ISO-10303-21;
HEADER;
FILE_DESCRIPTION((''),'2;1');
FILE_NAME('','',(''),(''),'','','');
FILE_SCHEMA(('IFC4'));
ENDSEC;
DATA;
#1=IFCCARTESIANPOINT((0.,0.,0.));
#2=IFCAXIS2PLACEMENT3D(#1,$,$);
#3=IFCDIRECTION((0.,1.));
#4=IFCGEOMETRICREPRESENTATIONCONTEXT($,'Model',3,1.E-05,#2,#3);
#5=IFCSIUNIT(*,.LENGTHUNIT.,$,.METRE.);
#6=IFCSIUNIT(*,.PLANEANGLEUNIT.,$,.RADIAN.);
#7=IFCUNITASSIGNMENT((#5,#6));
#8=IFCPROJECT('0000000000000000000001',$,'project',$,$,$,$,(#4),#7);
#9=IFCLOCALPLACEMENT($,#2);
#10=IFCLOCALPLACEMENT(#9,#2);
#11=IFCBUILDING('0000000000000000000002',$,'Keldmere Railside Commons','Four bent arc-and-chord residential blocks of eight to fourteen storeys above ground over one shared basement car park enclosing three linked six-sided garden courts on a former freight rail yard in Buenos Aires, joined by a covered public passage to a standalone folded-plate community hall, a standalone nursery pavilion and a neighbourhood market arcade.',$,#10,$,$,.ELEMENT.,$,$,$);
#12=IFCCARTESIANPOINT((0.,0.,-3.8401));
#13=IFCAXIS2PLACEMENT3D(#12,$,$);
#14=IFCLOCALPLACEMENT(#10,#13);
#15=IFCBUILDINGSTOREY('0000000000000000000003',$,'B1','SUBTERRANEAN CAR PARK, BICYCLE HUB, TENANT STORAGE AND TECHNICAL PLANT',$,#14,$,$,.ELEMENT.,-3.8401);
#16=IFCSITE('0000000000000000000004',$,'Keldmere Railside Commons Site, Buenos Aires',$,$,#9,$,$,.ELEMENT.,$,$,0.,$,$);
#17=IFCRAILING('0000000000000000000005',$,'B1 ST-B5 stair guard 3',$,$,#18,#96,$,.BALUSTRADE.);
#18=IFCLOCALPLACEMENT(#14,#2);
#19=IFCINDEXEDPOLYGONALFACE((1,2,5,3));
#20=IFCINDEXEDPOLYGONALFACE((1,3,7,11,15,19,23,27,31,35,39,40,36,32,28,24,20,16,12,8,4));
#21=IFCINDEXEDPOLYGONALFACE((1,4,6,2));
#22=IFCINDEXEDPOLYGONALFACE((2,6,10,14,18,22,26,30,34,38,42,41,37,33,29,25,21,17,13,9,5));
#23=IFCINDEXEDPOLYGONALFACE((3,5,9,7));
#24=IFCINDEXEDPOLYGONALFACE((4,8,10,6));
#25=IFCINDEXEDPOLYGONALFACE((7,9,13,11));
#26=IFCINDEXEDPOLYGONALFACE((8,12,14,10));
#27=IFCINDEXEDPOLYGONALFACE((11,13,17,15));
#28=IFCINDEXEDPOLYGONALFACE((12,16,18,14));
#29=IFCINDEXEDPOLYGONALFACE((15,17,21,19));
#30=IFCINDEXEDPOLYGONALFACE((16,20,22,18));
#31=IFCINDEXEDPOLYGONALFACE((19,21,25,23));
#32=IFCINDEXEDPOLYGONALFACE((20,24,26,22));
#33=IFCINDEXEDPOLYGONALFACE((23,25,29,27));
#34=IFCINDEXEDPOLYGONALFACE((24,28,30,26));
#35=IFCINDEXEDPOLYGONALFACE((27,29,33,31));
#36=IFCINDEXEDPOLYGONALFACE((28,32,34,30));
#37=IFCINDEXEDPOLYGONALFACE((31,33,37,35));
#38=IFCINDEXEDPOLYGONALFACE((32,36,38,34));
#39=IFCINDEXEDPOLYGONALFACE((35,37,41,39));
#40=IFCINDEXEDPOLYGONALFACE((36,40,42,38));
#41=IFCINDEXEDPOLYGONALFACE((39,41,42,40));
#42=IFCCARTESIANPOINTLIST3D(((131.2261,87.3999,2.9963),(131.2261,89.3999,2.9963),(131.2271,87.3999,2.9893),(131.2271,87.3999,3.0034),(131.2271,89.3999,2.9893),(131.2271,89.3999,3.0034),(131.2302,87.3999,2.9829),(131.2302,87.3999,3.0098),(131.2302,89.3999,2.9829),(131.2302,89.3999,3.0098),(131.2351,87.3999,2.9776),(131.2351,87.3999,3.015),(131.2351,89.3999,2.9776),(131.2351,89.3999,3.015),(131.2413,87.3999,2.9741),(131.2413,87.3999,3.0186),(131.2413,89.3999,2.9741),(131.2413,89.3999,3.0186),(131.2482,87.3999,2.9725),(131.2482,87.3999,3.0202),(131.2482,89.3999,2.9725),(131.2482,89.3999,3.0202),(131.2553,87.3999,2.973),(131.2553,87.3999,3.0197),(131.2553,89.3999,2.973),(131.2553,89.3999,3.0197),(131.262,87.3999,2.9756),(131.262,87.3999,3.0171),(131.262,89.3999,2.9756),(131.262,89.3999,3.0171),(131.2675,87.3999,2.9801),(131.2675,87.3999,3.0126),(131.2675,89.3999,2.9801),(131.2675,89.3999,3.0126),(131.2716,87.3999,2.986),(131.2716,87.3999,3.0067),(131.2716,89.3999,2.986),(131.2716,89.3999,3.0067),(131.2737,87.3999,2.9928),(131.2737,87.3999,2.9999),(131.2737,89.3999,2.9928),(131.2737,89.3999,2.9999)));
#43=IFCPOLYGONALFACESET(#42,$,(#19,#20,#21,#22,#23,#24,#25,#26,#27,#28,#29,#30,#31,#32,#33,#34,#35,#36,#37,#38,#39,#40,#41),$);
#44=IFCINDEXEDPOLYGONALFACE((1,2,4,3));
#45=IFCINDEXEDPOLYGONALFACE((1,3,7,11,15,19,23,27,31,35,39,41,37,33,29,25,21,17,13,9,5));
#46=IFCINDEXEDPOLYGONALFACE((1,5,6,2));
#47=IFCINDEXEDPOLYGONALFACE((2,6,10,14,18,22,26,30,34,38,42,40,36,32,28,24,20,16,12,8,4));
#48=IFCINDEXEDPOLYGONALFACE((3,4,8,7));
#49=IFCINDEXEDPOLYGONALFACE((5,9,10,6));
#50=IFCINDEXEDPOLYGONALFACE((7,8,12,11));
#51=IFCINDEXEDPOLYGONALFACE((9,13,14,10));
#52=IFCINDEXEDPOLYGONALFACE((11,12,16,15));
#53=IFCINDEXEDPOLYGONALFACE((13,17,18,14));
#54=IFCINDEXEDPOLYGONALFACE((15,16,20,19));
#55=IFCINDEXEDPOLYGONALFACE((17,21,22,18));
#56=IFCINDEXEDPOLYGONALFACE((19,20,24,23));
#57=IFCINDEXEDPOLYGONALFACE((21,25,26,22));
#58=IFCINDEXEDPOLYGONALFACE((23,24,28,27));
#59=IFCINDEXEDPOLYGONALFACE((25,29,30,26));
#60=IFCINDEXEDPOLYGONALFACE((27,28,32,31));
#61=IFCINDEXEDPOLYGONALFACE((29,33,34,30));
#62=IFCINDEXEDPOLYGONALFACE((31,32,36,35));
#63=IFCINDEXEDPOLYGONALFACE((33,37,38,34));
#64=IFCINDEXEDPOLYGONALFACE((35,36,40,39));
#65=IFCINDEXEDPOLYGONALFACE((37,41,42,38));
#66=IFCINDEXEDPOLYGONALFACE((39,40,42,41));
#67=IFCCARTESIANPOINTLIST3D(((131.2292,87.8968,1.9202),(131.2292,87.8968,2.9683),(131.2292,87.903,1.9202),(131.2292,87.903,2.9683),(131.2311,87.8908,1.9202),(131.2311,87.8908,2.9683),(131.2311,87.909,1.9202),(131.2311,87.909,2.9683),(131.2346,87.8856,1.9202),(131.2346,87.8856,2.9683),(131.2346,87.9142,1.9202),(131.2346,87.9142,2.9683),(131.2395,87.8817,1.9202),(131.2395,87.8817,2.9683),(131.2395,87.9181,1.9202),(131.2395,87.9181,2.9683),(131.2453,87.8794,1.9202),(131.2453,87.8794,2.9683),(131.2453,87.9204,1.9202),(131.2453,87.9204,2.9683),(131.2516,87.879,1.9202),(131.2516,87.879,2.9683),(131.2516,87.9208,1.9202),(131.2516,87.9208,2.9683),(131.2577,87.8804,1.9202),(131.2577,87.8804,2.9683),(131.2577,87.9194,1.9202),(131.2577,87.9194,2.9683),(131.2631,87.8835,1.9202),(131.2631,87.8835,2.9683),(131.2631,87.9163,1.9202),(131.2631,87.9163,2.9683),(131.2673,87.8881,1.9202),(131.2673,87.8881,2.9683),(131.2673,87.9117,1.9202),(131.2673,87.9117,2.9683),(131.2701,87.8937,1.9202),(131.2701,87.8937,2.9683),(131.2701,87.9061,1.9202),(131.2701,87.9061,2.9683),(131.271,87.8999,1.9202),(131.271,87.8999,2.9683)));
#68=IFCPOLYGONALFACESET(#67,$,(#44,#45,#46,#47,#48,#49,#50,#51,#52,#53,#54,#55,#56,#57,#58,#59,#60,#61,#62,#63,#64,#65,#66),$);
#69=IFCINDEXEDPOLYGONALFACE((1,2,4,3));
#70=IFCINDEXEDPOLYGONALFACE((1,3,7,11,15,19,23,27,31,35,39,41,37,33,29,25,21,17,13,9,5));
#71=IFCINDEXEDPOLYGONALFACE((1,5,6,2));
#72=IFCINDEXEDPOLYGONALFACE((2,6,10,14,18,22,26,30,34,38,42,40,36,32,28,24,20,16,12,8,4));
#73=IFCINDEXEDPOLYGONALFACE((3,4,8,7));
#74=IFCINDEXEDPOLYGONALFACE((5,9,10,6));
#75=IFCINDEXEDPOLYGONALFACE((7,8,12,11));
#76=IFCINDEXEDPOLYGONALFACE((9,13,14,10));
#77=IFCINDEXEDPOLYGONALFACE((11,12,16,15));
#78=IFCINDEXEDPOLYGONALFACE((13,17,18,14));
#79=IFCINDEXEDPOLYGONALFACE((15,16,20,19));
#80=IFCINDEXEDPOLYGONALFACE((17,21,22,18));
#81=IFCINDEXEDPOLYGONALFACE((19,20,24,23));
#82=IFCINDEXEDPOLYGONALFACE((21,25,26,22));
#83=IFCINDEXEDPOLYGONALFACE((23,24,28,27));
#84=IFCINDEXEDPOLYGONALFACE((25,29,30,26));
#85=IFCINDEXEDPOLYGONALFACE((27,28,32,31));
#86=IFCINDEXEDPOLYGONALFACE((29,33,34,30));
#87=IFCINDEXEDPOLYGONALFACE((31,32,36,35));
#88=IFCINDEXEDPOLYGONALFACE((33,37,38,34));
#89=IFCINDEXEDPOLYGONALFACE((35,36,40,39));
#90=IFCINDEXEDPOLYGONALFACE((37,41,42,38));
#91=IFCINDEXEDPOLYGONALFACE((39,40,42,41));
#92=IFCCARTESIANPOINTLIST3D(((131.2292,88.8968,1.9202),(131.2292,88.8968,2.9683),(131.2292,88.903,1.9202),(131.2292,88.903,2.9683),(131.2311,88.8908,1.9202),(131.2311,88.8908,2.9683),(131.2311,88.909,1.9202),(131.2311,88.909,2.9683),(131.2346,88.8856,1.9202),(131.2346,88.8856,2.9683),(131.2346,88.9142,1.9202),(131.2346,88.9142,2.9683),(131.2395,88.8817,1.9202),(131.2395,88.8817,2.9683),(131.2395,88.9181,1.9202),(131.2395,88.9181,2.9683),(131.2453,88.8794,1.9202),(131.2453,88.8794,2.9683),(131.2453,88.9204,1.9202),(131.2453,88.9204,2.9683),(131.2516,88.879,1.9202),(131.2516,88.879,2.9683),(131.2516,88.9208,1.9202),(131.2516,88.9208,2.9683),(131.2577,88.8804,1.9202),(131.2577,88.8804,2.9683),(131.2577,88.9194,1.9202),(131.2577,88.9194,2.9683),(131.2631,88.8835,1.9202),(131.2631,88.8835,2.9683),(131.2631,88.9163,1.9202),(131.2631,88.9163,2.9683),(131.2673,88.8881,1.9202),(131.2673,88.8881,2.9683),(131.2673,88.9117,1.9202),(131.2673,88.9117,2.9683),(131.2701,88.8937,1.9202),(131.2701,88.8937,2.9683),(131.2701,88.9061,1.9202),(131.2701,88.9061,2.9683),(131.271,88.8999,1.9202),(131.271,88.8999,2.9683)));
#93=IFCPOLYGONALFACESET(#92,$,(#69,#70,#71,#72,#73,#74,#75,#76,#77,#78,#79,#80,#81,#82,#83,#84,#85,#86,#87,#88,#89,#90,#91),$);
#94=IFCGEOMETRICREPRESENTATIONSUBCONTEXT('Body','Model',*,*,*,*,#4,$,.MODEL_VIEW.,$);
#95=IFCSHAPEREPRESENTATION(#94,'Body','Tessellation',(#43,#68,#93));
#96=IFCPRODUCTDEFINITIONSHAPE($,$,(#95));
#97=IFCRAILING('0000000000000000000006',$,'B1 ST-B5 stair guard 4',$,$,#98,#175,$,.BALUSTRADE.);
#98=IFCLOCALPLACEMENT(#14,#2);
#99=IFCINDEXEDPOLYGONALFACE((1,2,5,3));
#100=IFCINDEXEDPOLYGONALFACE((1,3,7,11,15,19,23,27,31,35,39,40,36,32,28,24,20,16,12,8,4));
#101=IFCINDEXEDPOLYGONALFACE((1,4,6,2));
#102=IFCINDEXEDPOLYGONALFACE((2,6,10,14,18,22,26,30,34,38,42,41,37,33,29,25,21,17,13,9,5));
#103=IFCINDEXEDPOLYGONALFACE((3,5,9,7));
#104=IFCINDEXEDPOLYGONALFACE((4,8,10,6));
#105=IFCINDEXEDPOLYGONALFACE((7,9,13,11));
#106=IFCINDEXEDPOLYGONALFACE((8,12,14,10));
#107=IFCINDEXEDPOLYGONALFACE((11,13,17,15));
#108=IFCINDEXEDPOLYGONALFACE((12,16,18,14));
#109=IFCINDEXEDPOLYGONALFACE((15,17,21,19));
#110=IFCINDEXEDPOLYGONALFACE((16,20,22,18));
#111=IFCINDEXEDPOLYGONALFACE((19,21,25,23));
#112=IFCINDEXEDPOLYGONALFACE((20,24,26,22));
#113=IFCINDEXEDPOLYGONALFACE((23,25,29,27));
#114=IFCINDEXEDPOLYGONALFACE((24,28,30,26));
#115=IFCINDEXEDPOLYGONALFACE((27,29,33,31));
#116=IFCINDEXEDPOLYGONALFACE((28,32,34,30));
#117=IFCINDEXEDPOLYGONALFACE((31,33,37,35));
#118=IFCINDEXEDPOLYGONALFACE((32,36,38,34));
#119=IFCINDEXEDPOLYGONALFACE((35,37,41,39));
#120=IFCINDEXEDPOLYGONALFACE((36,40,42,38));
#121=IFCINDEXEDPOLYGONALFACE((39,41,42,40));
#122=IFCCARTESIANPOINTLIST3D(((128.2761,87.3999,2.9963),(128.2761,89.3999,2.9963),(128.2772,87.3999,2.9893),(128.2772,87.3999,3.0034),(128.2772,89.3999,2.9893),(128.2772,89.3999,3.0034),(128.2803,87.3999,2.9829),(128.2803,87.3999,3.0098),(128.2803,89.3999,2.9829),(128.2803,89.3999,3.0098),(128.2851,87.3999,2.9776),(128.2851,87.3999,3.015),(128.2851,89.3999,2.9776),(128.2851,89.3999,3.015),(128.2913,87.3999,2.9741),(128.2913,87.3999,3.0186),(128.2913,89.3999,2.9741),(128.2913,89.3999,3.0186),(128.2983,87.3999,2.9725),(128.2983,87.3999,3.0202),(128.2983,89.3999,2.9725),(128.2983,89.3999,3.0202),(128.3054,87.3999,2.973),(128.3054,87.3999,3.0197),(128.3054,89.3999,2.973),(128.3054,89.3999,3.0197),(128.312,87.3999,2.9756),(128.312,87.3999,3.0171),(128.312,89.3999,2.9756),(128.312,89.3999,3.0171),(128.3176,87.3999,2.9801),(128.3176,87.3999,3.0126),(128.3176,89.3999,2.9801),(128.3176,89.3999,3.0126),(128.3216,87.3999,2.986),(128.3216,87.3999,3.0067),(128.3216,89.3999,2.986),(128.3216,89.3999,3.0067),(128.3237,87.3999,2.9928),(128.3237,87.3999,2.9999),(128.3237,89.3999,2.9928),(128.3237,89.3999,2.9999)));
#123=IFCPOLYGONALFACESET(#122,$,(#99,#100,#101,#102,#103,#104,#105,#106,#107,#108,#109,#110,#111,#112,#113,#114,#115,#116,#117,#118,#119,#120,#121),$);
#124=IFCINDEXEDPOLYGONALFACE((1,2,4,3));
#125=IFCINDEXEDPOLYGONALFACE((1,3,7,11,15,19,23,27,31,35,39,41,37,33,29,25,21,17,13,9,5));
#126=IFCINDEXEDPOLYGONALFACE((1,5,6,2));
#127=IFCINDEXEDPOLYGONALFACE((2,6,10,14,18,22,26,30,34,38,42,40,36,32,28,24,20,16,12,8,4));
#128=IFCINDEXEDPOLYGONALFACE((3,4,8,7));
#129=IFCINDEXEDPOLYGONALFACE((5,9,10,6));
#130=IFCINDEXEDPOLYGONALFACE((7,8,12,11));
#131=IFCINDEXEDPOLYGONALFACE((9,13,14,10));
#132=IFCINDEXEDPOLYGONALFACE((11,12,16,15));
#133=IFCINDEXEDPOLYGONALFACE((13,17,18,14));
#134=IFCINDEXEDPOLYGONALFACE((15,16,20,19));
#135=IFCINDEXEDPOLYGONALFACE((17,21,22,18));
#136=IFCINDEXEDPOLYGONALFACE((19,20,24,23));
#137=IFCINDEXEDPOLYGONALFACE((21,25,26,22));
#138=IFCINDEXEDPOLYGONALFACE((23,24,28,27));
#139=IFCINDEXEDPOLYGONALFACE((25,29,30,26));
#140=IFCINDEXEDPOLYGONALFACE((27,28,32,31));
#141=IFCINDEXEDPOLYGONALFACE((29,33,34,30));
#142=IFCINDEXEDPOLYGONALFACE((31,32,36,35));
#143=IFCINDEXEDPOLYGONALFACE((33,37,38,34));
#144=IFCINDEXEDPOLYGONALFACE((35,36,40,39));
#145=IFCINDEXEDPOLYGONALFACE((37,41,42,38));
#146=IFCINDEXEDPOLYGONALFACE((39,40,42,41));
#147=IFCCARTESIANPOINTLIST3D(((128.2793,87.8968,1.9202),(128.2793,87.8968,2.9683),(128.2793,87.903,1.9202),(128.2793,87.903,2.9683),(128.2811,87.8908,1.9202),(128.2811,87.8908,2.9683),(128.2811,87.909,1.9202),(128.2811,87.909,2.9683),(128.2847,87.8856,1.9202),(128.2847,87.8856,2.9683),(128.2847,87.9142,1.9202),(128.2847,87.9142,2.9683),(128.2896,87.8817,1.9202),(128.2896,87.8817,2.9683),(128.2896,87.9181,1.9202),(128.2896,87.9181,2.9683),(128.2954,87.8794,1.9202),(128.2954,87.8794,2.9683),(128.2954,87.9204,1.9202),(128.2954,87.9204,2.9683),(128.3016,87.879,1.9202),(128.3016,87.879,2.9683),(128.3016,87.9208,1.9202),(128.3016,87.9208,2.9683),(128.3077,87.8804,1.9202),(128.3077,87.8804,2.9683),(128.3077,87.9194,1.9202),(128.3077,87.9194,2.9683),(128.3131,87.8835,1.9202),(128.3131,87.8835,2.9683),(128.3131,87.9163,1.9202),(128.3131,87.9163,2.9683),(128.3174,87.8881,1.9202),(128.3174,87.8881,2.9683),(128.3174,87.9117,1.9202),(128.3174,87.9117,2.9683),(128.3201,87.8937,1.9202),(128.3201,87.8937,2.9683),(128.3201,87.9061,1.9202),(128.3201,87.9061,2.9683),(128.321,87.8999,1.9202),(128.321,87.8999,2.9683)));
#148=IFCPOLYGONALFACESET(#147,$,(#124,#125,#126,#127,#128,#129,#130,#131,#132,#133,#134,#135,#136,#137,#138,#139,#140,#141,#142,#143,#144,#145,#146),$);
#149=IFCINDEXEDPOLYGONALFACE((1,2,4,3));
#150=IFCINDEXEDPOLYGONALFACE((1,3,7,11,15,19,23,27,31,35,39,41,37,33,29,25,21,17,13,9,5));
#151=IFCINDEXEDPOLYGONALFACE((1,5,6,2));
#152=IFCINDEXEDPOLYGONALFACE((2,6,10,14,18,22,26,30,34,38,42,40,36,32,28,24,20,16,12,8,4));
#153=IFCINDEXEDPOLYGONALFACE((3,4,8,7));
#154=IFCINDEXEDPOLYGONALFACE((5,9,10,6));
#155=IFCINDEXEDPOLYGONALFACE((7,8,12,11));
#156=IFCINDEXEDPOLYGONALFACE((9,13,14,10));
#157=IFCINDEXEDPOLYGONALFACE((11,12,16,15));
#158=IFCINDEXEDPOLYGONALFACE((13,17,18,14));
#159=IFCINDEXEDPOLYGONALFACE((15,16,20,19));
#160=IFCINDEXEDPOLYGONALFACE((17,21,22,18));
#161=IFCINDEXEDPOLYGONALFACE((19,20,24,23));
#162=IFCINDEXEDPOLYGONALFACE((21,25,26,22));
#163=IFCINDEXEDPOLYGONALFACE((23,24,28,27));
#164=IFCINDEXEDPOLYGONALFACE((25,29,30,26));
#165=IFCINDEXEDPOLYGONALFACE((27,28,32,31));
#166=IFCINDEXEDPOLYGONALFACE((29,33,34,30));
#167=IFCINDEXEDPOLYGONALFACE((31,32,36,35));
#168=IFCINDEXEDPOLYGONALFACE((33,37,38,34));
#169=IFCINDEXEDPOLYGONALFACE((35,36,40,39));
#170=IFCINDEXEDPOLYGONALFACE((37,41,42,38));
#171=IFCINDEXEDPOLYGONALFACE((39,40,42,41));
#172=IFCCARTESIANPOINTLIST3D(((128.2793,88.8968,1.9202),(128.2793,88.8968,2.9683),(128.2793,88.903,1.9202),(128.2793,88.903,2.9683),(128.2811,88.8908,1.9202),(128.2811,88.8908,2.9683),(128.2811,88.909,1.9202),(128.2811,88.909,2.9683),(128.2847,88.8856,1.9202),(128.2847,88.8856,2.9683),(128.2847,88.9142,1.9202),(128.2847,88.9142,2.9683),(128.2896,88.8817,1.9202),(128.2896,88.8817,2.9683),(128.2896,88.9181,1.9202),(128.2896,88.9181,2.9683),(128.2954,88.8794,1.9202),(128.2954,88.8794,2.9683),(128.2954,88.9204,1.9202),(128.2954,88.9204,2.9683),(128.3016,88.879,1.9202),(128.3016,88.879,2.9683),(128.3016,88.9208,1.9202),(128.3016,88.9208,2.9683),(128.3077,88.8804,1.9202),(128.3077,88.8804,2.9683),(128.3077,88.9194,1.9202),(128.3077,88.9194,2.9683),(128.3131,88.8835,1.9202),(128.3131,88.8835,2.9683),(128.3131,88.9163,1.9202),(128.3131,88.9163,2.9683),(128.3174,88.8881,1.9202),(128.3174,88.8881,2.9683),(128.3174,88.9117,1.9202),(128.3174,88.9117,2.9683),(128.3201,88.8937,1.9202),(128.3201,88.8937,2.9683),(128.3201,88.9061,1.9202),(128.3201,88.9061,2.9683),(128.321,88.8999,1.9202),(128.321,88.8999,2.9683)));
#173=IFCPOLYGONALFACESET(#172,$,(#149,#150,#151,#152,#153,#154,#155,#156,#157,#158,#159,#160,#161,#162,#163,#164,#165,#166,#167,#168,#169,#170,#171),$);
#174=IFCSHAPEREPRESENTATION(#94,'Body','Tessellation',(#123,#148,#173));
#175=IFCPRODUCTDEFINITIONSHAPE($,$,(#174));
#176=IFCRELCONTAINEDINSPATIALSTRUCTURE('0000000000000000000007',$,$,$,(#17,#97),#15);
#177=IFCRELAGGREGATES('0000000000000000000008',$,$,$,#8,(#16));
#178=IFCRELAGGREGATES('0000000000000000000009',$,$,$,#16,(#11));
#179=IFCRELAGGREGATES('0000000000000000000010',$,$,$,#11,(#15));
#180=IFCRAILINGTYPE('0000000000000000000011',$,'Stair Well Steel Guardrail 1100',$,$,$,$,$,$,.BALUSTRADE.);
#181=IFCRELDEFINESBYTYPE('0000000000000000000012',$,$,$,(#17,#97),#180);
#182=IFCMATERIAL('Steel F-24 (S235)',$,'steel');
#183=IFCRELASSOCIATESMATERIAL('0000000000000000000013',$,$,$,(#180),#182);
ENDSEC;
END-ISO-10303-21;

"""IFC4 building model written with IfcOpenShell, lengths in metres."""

from ifc_helpers import new_model, si_unit, direction, frame, origin, origin_2d, place, context, subcontext, project, spatial, circle, extrude, material, type_object, element, save


model = new_model("IFC4")

# Units and contexts
model_context = context("Model", 3, precision=1e-05, world=origin(), true_north=direction((0.0, 1.0)))
body_context = subcontext(model_context, "Body", "Model", "MODEL_VIEW")
ifc_project = project(units=[si_unit("LENGTHUNIT", "METRE"), si_unit("PLANEANGLEUNIT", "RADIAN")], contexts=[model_context])

# Site, building, storey
site_placement = place(None, origin())
site = spatial("IfcSite", under=ifc_project, at=site_placement, Name="Keldmere Railside Commons Site, Buenos Aires", CompositionType="ELEMENT", RefElevation=0.0)
building_placement = place(site_placement, origin())
building = spatial("IfcBuilding", under=site, at=building_placement, Name="Keldmere Railside Commons", Description="Four bent arc-and-chord residential blocks of eight to fourteen storeys above ground over one shared basement car park enclosing three linked six-sided garden courts on a former freight rail yard in Buenos Aires, joined by a covered public passage to a standalone folded-plate community hall, a standalone nursery pavilion and a neighbourhood market arcade.", CompositionType="ELEMENT")
storey_placement = place(building_placement, frame((0.0, 0.0, -3.8401)))
storey = spatial("IfcBuildingStorey", under=building, at=storey_placement, Name="B1", Description="SUBTERRANEAN CAR PARK, BICYCLE HUB, TENANT STORAGE AND TECHNICAL PLANT", CompositionType="ELEMENT", Elevation=-3.8401)

# Shared definitions
ifc_material_1 = material(Name="Steel F-24 (S235)", Category="steel")

# Railings
railing_type_1 = type_object("IfcRailingType", Name="Stair Well Steel Guardrail 1100", PredefinedType="BALUSTRADE", material=ifc_material_1)
for number, where, name in (
    (1, (131.25, 87.3999, 1.9202), "B1 ST-B5 stair guard 3"),
    (2, (128.3, 87.3999, 1.9202), "B1 ST-B5 stair guard 4"),
):
    element("IfcRailing", number, at=place(storey_placement, frame(where)), inside=storey, type_object=railing_type_1, Name=name, PredefinedType="BALUSTRADE", context=body_context, shape_type="SweptSolid", body=[
        extrude(circle(Radius=0.0239, at=origin_2d()), frame((0.0, 0.0, 1.0762), z_axis=(0.0, 1.0, 0.0), x_axis=(-1.0, 0.0, 0.0)), (0.0, 0.0, 1.0), 2.0),
        extrude(circle(Radius=0.021, at=origin_2d()), frame((0.0, 0.5, 0.0)), (0.0, 0.0, 1.0), 1.0481),
        extrude(circle(Radius=0.021, at=origin_2d()), frame((0.0, 1.5, 0.0)), (0.0, 0.0, 1.0), 1.0481),
    ])

save(model, "model.ifc")
